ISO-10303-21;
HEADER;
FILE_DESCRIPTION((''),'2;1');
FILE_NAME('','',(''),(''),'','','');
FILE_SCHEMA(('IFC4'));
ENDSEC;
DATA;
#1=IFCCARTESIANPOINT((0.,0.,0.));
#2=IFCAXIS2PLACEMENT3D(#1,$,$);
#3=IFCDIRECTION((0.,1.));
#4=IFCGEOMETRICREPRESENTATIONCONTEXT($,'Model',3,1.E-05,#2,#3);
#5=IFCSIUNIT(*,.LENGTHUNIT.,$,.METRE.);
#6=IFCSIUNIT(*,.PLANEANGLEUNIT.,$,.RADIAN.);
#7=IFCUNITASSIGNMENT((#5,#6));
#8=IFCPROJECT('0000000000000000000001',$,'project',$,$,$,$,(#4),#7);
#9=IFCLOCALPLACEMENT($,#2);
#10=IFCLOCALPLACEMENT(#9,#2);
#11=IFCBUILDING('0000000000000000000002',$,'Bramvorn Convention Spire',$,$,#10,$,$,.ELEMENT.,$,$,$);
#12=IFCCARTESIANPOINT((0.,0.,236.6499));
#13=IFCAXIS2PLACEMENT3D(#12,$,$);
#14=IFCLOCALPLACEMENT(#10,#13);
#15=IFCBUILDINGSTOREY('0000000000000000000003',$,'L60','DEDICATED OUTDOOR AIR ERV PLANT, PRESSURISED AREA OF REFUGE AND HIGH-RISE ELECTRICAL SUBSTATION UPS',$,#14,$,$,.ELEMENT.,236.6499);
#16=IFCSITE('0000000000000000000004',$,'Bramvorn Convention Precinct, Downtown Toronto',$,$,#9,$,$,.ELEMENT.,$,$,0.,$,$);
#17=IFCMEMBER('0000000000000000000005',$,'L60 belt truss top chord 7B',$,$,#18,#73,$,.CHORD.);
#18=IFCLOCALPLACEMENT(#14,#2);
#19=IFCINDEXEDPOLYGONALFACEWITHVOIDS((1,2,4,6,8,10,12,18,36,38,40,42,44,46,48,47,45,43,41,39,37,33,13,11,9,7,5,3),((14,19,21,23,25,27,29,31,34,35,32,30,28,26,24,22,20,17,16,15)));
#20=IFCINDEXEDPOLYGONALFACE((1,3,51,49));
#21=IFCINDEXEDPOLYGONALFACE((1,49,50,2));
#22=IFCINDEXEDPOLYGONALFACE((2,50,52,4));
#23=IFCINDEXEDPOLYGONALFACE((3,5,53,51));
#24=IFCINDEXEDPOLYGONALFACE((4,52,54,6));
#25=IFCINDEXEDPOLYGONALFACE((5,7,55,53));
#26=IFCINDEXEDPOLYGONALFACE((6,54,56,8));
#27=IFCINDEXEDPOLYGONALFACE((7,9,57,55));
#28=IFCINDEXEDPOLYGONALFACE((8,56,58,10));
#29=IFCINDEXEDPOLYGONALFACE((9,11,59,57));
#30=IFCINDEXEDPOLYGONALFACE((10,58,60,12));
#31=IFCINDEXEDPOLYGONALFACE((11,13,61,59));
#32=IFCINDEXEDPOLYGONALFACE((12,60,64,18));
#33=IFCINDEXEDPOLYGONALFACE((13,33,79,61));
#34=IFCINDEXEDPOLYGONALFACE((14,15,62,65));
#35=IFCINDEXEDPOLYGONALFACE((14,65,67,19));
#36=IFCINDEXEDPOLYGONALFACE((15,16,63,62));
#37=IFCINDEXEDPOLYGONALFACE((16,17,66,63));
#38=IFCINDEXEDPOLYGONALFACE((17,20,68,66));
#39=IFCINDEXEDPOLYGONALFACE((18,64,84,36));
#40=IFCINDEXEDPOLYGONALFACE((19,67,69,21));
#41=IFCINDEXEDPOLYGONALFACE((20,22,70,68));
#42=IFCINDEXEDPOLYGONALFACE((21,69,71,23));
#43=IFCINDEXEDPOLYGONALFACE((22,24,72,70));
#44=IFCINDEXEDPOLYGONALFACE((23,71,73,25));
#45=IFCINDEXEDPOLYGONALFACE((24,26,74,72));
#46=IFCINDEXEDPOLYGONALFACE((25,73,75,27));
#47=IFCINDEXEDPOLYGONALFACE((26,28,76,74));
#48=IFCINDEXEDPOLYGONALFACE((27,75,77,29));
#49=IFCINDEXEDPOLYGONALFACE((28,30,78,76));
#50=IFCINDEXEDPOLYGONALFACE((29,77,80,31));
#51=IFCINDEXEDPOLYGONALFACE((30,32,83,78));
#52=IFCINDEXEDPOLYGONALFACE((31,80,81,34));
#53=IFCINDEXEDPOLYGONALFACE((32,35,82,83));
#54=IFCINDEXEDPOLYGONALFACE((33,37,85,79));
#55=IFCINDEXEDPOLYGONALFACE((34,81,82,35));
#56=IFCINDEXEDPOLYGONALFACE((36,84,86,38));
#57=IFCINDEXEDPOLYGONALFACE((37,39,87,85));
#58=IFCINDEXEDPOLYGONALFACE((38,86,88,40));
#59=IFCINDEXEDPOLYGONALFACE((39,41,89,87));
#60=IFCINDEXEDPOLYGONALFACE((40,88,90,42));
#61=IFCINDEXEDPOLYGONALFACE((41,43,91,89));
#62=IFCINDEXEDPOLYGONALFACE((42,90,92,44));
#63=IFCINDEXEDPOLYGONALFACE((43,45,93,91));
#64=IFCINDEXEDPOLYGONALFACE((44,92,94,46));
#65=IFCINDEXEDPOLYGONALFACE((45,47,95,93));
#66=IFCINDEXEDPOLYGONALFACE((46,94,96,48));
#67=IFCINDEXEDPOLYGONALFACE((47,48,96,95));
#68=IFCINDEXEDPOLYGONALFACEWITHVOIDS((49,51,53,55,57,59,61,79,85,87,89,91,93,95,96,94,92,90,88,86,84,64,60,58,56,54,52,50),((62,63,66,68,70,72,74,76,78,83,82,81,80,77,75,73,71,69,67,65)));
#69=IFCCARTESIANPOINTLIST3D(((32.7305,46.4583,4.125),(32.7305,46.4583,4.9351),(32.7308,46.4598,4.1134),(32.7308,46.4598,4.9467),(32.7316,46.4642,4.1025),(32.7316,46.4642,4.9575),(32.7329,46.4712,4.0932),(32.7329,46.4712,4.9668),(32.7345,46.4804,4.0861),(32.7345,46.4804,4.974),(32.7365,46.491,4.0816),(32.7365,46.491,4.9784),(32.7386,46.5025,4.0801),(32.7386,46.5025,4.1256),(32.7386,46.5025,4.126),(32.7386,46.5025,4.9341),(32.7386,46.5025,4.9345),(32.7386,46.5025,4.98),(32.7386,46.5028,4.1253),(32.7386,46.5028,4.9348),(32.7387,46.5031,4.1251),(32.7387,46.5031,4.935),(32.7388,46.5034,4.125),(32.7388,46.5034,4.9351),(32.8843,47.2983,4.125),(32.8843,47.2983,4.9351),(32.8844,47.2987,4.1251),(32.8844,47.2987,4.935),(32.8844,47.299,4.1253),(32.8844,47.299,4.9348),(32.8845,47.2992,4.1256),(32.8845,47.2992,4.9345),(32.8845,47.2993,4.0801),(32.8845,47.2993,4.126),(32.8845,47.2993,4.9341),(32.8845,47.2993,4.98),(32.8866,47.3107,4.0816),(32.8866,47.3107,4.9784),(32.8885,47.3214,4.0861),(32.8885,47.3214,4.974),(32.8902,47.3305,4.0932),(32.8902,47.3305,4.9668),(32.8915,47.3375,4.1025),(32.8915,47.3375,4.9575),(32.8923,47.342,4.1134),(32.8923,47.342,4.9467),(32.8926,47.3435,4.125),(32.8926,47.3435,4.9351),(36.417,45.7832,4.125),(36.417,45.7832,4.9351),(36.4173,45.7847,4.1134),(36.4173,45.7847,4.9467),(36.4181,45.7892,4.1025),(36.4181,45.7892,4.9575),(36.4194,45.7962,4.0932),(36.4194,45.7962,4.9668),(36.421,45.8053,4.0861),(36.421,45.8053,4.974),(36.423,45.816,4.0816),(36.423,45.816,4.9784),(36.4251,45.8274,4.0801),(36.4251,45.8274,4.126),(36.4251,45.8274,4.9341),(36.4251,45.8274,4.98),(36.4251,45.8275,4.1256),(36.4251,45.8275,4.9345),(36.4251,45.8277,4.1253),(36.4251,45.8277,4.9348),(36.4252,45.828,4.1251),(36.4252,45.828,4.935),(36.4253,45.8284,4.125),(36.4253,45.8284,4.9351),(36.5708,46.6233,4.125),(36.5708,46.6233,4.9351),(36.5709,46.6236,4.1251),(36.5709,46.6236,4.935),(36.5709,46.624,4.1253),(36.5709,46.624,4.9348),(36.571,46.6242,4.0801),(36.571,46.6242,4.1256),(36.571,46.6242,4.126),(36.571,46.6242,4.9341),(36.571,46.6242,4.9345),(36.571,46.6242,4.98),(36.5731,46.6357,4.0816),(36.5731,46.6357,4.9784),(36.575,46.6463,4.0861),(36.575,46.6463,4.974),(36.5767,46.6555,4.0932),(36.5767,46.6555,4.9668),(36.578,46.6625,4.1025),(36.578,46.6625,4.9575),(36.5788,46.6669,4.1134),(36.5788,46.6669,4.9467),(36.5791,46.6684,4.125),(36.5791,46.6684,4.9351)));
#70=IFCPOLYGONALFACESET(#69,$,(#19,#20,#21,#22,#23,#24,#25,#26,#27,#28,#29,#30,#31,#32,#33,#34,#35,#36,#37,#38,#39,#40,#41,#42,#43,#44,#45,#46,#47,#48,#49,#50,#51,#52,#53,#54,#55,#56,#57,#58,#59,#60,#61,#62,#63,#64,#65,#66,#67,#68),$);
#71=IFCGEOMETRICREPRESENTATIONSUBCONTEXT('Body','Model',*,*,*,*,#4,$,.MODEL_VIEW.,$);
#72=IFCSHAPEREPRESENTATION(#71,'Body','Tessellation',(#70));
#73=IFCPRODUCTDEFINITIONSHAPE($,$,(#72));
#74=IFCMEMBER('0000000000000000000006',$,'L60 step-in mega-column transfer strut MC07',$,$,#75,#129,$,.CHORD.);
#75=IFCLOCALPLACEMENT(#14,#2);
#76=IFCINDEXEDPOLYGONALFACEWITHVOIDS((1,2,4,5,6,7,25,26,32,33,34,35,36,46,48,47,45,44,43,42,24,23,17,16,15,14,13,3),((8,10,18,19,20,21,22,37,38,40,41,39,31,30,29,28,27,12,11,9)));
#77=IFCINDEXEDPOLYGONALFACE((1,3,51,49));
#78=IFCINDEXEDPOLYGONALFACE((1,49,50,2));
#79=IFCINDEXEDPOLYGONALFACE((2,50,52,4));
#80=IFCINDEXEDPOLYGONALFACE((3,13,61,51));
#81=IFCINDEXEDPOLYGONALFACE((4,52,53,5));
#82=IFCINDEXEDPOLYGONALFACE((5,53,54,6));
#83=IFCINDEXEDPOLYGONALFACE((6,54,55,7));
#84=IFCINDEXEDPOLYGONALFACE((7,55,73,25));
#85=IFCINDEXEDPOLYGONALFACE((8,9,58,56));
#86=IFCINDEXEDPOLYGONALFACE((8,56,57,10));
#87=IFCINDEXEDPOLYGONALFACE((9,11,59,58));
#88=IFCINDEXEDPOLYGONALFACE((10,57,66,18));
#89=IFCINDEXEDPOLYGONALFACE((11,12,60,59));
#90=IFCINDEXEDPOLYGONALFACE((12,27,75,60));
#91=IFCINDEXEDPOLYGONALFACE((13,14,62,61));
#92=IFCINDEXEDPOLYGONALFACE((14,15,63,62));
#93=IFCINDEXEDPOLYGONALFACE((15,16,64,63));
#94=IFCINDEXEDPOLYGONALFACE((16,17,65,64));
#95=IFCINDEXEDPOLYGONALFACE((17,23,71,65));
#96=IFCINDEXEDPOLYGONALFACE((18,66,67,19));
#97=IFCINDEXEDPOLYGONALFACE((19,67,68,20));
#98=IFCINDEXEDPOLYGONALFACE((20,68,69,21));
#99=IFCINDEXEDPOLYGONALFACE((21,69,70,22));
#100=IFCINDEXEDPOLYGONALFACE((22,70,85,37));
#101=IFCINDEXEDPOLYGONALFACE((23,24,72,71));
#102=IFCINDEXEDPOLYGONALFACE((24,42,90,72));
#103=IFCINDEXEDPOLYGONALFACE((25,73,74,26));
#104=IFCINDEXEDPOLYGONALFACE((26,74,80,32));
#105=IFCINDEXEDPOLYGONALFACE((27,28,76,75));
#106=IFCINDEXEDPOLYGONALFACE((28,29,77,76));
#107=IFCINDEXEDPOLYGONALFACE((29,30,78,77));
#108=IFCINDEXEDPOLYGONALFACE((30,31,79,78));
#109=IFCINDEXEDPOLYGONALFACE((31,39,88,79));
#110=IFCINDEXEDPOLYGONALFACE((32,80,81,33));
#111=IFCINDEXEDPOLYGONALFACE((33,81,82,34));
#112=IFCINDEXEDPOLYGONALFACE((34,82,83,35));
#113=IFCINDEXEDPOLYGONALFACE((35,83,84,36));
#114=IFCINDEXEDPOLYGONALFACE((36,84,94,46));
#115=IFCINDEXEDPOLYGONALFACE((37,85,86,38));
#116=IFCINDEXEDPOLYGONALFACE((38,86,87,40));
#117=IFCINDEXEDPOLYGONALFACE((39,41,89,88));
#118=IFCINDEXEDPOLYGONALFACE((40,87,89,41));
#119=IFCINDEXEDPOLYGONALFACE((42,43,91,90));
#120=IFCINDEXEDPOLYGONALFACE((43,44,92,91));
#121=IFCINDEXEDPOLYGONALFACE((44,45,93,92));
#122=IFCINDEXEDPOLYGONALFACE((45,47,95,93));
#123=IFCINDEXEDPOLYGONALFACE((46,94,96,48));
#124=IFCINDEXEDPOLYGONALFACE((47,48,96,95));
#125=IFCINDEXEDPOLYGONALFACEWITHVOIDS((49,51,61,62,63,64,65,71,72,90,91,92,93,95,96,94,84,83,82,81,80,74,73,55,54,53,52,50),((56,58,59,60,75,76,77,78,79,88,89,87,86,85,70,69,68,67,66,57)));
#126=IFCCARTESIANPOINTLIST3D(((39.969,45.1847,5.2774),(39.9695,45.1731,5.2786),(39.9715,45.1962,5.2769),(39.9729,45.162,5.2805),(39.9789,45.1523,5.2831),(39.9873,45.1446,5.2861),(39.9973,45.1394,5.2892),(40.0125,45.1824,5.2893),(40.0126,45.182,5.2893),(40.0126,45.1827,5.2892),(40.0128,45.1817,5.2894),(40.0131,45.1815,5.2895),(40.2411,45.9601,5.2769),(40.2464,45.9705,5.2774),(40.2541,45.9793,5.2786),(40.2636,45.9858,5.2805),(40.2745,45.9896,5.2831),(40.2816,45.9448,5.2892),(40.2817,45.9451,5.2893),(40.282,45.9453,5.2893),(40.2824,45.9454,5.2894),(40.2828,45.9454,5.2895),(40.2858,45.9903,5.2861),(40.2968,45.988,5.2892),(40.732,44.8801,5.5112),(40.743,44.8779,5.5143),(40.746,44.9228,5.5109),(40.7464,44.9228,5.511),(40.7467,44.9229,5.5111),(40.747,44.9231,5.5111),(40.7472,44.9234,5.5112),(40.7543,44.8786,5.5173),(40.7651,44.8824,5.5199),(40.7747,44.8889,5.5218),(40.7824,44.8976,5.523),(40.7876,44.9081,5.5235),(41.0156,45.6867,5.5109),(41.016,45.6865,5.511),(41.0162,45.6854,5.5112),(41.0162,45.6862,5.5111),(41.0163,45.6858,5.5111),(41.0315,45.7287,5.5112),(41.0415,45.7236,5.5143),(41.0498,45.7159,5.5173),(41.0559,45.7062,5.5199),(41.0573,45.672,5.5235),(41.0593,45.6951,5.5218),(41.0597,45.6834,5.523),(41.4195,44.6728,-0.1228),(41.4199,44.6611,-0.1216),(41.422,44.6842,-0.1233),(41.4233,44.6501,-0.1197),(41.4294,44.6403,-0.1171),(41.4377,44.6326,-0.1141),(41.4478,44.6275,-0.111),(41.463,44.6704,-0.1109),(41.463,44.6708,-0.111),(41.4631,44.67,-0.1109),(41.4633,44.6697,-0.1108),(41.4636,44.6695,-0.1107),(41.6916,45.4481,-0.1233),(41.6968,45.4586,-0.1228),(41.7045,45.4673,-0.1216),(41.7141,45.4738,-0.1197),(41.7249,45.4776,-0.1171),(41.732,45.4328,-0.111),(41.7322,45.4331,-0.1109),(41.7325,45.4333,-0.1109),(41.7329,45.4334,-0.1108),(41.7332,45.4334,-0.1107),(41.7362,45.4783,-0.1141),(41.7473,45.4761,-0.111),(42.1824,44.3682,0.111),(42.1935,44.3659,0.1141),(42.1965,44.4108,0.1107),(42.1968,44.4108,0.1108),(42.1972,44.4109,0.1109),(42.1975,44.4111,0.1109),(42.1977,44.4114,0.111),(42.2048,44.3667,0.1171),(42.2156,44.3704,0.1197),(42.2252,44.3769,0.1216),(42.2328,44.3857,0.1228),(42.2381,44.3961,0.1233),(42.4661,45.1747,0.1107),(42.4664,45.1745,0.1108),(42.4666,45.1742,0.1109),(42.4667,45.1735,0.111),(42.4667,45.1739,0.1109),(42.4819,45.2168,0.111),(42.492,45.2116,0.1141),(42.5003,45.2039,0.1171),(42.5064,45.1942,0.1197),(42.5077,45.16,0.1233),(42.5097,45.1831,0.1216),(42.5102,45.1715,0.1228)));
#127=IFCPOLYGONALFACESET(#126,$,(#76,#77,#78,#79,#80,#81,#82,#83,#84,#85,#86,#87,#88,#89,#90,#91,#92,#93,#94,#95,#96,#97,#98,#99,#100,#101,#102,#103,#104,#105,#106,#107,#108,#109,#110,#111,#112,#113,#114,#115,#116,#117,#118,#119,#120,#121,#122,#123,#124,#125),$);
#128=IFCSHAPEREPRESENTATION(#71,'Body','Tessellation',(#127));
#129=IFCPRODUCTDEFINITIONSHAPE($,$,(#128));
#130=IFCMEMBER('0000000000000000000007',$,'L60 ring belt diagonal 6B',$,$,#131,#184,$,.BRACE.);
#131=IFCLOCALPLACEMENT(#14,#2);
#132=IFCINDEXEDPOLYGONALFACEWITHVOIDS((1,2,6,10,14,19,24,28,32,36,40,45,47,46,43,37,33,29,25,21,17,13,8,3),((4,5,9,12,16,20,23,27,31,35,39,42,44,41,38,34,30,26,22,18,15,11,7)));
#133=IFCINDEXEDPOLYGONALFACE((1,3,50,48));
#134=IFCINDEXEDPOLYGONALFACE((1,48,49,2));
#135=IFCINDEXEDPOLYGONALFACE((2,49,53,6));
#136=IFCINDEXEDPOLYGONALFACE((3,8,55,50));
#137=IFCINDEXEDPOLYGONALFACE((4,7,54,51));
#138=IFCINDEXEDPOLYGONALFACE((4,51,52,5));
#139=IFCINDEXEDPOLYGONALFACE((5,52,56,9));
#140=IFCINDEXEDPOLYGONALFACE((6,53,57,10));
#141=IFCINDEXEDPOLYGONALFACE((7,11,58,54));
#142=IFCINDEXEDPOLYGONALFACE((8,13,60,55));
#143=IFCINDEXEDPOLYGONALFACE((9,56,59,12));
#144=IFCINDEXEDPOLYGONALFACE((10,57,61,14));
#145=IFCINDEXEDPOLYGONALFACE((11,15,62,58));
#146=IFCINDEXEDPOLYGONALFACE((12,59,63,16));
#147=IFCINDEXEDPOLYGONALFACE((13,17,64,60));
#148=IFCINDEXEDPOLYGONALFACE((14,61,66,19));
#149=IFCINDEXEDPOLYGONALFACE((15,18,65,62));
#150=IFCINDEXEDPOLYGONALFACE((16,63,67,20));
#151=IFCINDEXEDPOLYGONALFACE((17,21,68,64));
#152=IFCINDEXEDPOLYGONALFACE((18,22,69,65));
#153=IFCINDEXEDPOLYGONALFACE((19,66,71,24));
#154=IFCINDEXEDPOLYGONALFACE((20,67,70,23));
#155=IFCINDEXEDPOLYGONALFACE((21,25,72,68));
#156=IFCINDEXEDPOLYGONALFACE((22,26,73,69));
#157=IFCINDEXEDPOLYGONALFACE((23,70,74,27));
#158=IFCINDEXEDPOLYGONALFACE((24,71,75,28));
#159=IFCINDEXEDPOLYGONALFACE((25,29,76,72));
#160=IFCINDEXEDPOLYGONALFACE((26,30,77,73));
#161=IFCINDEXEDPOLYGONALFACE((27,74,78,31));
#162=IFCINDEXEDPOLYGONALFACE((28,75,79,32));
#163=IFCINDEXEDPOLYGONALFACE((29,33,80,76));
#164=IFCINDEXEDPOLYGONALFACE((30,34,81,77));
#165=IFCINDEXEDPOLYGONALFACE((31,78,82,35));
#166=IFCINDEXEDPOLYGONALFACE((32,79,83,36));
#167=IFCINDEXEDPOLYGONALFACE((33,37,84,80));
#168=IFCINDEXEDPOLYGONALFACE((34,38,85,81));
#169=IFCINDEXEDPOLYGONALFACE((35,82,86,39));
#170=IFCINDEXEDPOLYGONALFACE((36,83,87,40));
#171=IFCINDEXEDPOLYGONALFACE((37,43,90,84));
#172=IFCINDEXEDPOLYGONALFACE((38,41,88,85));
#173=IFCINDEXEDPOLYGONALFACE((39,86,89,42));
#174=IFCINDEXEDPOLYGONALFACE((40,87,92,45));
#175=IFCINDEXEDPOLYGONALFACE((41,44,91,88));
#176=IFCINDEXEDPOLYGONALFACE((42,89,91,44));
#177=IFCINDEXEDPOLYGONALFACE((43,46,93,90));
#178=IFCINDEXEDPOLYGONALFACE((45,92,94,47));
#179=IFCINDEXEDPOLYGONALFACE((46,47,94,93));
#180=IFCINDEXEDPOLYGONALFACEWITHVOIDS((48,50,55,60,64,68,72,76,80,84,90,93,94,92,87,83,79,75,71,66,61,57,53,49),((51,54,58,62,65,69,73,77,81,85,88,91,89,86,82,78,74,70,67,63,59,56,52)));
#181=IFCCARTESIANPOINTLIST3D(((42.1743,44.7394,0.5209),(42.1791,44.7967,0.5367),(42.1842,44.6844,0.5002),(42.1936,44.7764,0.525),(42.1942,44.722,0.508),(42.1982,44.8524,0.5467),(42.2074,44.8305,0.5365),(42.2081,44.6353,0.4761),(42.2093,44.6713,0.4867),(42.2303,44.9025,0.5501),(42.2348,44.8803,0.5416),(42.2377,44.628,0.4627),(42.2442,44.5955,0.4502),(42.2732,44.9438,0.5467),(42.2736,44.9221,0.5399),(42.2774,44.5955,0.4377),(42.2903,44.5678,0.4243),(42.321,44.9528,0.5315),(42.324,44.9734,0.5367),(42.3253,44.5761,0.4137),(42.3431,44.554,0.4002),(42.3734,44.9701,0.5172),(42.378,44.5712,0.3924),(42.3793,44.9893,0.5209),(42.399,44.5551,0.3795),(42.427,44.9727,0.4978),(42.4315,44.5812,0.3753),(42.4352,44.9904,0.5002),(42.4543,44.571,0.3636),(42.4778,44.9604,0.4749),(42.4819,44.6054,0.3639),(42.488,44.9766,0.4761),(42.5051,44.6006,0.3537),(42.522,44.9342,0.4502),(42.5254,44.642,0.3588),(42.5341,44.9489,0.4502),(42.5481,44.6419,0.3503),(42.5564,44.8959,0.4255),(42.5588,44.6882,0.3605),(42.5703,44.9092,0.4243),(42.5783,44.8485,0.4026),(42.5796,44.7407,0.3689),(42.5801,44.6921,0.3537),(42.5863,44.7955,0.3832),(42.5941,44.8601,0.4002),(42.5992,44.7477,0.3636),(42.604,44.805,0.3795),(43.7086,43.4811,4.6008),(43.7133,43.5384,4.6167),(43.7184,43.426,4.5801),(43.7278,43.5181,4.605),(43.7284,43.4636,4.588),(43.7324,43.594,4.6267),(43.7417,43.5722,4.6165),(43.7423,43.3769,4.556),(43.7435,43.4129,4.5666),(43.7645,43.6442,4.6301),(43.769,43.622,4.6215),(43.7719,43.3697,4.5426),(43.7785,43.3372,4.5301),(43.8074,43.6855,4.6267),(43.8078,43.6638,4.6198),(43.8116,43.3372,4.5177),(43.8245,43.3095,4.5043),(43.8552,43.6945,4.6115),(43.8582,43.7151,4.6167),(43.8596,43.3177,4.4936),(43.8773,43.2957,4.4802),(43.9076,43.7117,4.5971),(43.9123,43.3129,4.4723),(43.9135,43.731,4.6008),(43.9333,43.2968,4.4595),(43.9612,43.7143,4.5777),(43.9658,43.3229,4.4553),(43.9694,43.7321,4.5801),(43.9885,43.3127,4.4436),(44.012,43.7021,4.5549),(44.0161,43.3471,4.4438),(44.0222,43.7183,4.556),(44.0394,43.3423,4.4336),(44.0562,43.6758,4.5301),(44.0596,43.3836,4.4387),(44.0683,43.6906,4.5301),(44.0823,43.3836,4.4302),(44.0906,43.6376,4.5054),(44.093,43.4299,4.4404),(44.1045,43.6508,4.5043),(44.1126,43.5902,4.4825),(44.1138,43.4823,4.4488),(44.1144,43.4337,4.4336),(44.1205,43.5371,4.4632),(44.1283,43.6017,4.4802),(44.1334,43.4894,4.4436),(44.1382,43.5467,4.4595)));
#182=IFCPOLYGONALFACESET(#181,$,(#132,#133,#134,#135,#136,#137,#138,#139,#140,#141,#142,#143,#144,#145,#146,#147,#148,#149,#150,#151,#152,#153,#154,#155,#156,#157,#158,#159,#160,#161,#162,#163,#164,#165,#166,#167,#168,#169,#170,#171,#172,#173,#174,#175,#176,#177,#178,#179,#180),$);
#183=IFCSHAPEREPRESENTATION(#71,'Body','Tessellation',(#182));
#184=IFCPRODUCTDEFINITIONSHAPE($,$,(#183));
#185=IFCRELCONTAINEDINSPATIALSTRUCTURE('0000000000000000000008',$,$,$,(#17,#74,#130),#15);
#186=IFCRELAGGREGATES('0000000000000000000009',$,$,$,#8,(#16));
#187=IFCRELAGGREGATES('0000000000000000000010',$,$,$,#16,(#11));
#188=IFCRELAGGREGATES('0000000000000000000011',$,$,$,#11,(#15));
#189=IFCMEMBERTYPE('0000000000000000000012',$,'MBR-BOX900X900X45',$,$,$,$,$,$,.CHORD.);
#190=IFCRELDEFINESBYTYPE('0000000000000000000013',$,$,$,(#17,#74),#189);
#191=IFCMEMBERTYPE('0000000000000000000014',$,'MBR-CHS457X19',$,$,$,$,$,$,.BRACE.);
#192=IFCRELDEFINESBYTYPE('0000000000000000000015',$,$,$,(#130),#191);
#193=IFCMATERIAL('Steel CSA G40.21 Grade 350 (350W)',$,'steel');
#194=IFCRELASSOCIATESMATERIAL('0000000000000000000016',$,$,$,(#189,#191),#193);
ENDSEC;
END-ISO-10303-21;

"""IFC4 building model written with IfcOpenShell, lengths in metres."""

from ifc_helpers import new_model, si_unit, direction, frame, origin, origin_2d, place, context, subcontext, project, spatial, hollow_rectangle, hollow_circle, extrude, material, material_profile, profile_set, type_object, element, save


model = new_model("IFC4")

# Units and contexts
model_context = context("Model", 3, precision=1e-05, world=origin(), true_north=direction((0.0, 1.0)))
body_context = subcontext(model_context, "Body", "Model", "MODEL_VIEW")
ifc_project = project(units=[si_unit("LENGTHUNIT", "METRE"), si_unit("PLANEANGLEUNIT", "RADIAN")], contexts=[model_context])

# Site, building, storey
site_placement = place(None, origin())
site = spatial("IfcSite", under=ifc_project, at=site_placement, Name="Bramvorn Convention Precinct, Downtown Toronto", CompositionType="ELEMENT", RefElevation=0.0)
building_placement = place(site_placement, origin())
building = spatial("IfcBuilding", under=site, at=building_placement, Name="Bramvorn Convention Spire", CompositionType="ELEMENT")
storey_placement = place(building_placement, frame((0.0, 0.0, 236.6499)))
storey = spatial("IfcBuildingStorey", under=building, at=storey_placement, Name="L60", Description="DEDICATED OUTDOOR AIR ERV PLANT, PRESSURISED AREA OF REFUGE AND HIGH-RISE ELECTRICAL SUBSTATION UPS", CompositionType="ELEMENT", Elevation=236.6499)

# Shared definitions
ifc_material_1 = material(Name="Steel CSA G40.21 Grade 350 (350W)", Category="steel")

# Members
ifc_material_profile_1 = material_profile(ifc_material_1, hollow_rectangle(XDim=0.8999, YDim=0.8999, WallThickness=0.0449, InnerFilletRadius=0.001, OuterFilletRadius=0.0449, at=origin_2d()))
ifc_profile_set_1 = profile_set([ifc_material_profile_1], Name="Steel CSA G40.21 Grade 350 (350W) - BOX900X900X45")
member_type_1 = type_object("IfcMemberType", Name="MBR-BOX900X900X45", PredefinedType="CHORD", material=ifc_profile_set_1)
for number, where, z_axis, x_axis, name in (
    (1, (36.498, 46.2258, 4.53), (-0.983645, 0.180118, 0.0), (-0.180118, -0.983645, 0.0), "L60 belt truss top chord 7B"),
):
    element("IfcMember", number, at=place(storey_placement, frame(where, z_axis=z_axis, x_axis=x_axis)), inside=storey, type_object=member_type_1, Name=name, PredefinedType="CHORD", context=body_context, shape_type="SweptSolid", body=[
        extrude(hollow_rectangle(XDim=0.8999, YDim=0.8999, WallThickness=0.0449, InnerFilletRadius=0.001, OuterFilletRadius=0.0449, at=origin_2d()), origin(), (0.0, 0.0, 1.0), 3.7478),
    ])
member_1_placement = place(storey_placement, frame((41.9648, 44.9221, 0.0), z_axis=(-0.258318, 0.091179, 0.961747), x_axis=(-0.332845, -0.942982, 0.0)))
element("IfcMember", 2, at=member_1_placement, inside=storey, type_object=member_type_1, Name="L60 step-in mega-column transfer strut MC07", PredefinedType="CHORD", context=body_context, shape_type="SweptSolid", body=[
    extrude(hollow_rectangle(XDim=0.8999, YDim=0.8999, WallThickness=0.0449, InnerFilletRadius=0.001, OuterFilletRadius=0.0449, at=origin_2d()), origin(), (0.0, 0.0, 1.0), 5.615),
])
ifc_material_profile_2 = material_profile(ifc_material_1, hollow_circle(Radius=0.2285, WallThickness=0.019, at=origin_2d()))
ifc_profile_set_2 = profile_set([ifc_material_profile_2], Name="Steel CSA G40.21 Grade 350 (350W) - CHS457X19")
member_type_2 = type_object("IfcMemberType", Name="MBR-CHS457X19", PredefinedType="BRACE", material=ifc_profile_set_2)
member_2_placement = place(storey_placement, frame((42.3892, 44.7722, 0.4502), z_axis=(0.338167, -0.277357, 0.899286), x_axis=(0.634162, 0.7732, 0.0)))
element("IfcMember", 3, at=member_2_placement, inside=storey, type_object=member_type_2, Name="L60 ring belt diagonal 6B", PredefinedType="BRACE", context=body_context, shape_type="SweptSolid", body=[
    extrude(hollow_circle(Radius=0.2285, WallThickness=0.019, at=origin_2d()), origin(), (0.0, 0.0, 1.0), 4.5369),
])

save(model, "model.ifc")
